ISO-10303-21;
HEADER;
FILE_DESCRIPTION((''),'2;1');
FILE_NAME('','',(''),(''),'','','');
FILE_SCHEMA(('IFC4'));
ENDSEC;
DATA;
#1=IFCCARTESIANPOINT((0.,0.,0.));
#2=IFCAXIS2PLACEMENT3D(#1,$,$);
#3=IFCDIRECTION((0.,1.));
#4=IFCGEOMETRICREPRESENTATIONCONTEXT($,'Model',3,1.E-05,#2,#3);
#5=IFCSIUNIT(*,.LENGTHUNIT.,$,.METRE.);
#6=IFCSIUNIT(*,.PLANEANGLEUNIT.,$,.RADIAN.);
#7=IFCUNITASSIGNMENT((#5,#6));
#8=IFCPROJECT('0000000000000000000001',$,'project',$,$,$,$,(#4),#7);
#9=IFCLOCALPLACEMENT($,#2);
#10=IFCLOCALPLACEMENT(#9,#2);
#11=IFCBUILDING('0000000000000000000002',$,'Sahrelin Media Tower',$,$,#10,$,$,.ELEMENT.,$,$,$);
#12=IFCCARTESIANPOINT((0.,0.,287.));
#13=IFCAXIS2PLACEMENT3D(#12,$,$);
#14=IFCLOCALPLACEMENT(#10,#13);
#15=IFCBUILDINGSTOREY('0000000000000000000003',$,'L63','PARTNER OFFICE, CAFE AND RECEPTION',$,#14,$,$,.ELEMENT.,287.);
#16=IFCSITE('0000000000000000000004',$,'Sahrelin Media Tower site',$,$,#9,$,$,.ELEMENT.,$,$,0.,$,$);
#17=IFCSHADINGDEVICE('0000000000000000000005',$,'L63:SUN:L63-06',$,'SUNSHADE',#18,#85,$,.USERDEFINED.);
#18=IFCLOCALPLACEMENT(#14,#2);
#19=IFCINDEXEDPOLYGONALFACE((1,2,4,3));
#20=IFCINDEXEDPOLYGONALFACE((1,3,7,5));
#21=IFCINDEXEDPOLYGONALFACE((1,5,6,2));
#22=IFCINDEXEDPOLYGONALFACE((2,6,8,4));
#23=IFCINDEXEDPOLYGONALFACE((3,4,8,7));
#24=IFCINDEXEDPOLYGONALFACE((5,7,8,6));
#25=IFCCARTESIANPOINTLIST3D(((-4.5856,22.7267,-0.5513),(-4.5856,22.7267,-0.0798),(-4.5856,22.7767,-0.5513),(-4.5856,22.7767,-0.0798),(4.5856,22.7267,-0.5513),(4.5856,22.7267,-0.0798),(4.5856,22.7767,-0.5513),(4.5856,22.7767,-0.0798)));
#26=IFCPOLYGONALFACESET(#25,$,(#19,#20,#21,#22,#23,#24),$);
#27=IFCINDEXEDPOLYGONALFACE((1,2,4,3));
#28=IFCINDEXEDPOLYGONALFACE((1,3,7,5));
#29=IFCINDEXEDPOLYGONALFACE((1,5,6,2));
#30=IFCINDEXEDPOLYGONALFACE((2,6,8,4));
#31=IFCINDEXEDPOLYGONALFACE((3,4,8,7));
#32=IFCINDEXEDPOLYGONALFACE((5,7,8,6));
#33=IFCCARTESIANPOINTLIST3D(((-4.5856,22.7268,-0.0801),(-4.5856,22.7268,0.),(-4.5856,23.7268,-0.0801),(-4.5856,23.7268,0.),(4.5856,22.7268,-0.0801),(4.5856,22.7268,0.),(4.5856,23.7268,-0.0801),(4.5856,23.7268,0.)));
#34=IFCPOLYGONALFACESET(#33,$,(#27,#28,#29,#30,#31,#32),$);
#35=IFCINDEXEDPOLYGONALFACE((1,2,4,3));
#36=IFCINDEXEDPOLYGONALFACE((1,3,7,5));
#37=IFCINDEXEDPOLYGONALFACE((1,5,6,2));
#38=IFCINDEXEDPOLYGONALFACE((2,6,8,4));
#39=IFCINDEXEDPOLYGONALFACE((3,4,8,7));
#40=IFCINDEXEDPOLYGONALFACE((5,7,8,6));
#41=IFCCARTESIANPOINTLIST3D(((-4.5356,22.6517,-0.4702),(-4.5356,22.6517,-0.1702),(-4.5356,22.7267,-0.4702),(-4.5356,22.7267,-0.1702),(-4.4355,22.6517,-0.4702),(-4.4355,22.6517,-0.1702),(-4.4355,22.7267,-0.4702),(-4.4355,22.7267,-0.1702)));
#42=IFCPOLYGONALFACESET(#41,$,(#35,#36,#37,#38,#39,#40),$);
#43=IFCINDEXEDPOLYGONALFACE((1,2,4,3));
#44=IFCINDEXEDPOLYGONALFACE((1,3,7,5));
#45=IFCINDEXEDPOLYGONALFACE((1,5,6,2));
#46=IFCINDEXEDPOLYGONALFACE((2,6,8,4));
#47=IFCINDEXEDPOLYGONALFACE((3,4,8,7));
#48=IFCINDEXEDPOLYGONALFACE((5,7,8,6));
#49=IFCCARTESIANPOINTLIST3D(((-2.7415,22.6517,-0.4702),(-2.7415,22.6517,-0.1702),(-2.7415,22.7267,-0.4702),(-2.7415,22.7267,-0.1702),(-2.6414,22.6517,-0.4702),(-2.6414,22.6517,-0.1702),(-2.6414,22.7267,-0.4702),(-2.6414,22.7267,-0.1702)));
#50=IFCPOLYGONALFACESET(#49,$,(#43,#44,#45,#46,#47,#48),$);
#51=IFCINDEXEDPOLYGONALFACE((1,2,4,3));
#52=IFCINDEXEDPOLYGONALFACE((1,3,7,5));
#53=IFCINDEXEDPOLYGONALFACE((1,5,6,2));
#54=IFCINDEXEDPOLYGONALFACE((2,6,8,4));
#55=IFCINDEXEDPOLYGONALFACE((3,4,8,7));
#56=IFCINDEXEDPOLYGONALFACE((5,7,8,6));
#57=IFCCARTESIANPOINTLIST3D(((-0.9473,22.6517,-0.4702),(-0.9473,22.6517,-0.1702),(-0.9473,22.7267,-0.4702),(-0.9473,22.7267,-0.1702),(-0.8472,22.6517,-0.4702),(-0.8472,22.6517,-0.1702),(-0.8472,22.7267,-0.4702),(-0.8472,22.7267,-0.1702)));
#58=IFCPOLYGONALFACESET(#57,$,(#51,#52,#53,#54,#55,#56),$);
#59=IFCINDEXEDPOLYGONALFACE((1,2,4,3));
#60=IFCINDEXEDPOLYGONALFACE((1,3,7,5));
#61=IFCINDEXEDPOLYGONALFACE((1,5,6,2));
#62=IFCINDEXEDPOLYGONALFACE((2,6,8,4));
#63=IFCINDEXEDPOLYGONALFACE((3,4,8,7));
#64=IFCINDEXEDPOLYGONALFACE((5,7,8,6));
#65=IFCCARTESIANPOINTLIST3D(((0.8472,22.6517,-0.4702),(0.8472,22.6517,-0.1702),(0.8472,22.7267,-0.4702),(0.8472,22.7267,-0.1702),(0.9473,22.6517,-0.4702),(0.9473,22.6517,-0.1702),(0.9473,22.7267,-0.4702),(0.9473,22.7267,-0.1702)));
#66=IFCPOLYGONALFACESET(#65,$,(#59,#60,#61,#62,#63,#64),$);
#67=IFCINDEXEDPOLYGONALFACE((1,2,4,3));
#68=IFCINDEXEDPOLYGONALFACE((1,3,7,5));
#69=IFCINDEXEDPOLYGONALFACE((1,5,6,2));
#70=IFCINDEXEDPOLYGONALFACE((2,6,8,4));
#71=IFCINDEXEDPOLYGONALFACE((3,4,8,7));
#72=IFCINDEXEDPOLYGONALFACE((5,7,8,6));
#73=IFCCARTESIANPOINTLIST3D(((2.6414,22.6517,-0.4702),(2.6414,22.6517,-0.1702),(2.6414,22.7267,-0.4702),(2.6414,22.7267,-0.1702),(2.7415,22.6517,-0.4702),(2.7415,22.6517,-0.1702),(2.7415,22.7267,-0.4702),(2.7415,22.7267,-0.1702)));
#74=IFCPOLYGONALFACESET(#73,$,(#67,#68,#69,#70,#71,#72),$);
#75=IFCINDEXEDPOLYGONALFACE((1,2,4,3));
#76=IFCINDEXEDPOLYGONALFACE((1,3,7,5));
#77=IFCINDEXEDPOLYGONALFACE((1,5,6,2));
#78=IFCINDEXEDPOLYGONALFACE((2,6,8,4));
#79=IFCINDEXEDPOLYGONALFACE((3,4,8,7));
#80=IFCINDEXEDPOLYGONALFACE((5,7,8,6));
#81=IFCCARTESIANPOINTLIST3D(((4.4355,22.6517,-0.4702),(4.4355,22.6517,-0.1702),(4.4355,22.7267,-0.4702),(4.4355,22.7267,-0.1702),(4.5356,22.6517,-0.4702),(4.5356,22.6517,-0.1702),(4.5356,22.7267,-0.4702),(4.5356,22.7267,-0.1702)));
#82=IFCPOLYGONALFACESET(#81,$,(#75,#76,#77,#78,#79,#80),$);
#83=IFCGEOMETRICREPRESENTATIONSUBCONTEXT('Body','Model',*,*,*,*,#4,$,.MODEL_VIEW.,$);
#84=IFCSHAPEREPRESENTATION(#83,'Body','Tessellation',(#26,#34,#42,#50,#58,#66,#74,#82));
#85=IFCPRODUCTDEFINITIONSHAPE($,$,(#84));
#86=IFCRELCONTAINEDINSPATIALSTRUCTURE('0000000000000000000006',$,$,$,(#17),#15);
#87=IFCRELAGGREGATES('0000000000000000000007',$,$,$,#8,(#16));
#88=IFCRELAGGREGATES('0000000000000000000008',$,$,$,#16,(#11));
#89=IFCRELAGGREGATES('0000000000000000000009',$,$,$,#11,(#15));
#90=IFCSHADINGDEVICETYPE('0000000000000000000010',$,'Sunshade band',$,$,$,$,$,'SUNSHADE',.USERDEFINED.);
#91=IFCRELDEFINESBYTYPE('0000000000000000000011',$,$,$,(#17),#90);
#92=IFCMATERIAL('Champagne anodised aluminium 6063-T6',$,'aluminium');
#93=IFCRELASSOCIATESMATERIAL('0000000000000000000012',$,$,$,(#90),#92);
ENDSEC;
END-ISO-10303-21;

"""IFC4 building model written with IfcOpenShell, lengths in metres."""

from ifc_helpers import new_model, si_unit, direction, frame, origin, origin_2d, place, context, subcontext, project, spatial, rectangle, extrude, material, type_object, element, save


model = new_model("IFC4")

# Units and contexts
model_context = context("Model", 3, precision=1e-05, world=origin(), true_north=direction((0.0, 1.0)))
body_context = subcontext(model_context, "Body", "Model", "MODEL_VIEW")
ifc_project = project(units=[si_unit("LENGTHUNIT", "METRE"), si_unit("PLANEANGLEUNIT", "RADIAN")], contexts=[model_context])

# Site, building, storey
site_placement = place(None, origin())
site = spatial("IfcSite", under=ifc_project, at=site_placement, Name="Sahrelin Media Tower site", CompositionType="ELEMENT", RefElevation=0.0)
building_placement = place(site_placement, origin())
building = spatial("IfcBuilding", under=site, at=building_placement, Name="Sahrelin Media Tower", CompositionType="ELEMENT")
storey_placement = place(building_placement, frame((0.0, 0.0, 287.0)))
storey = spatial("IfcBuildingStorey", under=building, at=storey_placement, Name="L63", Description="PARTNER OFFICE, CAFE AND RECEPTION", CompositionType="ELEMENT", Elevation=287.0)

# Shared definitions
ifc_material_1 = material(Name="Champagne anodised aluminium 6063-T6", Category="aluminium")
placement_1 = place(storey_placement, frame((0.0, 22.7068, 0.0), z_axis=(0.0, 0.0, 1.0), x_axis=(1.0, 0.0, 0.0)))

# Shading device
shading_device_type_1 = type_object("IfcShadingDeviceType", Name="Sunshade band", ElementType="SUNSHADE", PredefinedType="USERDEFINED", material=ifc_material_1)
element("IfcShadingDevice", 1, at=placement_1, inside=storey, type_object=shading_device_type_1, Name="L63:SUN:L63-06", ObjectType="SUNSHADE", PredefinedType="USERDEFINED", context=body_context, shape_type="SweptSolid", body=[
    extrude(rectangle(XDim=9.1711, YDim=0.05, at=origin_2d()), frame((0.0, 0.0449, -0.5513)), (0.0, 0.0, 1.0), 0.4714),
    extrude(rectangle(XDim=9.1711, YDim=1.0, at=origin_2d()), frame((0.0, 0.52, -0.0801)), (0.0, 0.0, 1.0), 0.0801),
    extrude(rectangle(XDim=0.1001, YDim=0.075, at=origin_2d()), frame((-4.4856, -0.0176, -0.4702)), (0.0, 0.0, 1.0), 0.3),
    extrude(rectangle(XDim=0.1001, YDim=0.075, at=origin_2d()), frame((-2.6914, -0.0176, -0.4702)), (0.0, 0.0, 1.0), 0.3),
    extrude(rectangle(XDim=0.1001, YDim=0.075, at=origin_2d()), frame((-0.8972, -0.0176, -0.4702)), (0.0, 0.0, 1.0), 0.3),
    extrude(rectangle(XDim=0.1001, YDim=0.075, at=origin_2d()), frame((0.8972, -0.0176, -0.4702)), (0.0, 0.0, 1.0), 0.3),
    extrude(rectangle(XDim=0.1001, YDim=0.075, at=origin_2d()), frame((2.6914, -0.0176, -0.4702)), (0.0, 0.0, 1.0), 0.3),
    extrude(rectangle(XDim=0.1001, YDim=0.075, at=origin_2d()), frame((4.4856, -0.0176, -0.4702)), (0.0, 0.0, 1.0), 0.3),
])

save(model, "model.ifc")
